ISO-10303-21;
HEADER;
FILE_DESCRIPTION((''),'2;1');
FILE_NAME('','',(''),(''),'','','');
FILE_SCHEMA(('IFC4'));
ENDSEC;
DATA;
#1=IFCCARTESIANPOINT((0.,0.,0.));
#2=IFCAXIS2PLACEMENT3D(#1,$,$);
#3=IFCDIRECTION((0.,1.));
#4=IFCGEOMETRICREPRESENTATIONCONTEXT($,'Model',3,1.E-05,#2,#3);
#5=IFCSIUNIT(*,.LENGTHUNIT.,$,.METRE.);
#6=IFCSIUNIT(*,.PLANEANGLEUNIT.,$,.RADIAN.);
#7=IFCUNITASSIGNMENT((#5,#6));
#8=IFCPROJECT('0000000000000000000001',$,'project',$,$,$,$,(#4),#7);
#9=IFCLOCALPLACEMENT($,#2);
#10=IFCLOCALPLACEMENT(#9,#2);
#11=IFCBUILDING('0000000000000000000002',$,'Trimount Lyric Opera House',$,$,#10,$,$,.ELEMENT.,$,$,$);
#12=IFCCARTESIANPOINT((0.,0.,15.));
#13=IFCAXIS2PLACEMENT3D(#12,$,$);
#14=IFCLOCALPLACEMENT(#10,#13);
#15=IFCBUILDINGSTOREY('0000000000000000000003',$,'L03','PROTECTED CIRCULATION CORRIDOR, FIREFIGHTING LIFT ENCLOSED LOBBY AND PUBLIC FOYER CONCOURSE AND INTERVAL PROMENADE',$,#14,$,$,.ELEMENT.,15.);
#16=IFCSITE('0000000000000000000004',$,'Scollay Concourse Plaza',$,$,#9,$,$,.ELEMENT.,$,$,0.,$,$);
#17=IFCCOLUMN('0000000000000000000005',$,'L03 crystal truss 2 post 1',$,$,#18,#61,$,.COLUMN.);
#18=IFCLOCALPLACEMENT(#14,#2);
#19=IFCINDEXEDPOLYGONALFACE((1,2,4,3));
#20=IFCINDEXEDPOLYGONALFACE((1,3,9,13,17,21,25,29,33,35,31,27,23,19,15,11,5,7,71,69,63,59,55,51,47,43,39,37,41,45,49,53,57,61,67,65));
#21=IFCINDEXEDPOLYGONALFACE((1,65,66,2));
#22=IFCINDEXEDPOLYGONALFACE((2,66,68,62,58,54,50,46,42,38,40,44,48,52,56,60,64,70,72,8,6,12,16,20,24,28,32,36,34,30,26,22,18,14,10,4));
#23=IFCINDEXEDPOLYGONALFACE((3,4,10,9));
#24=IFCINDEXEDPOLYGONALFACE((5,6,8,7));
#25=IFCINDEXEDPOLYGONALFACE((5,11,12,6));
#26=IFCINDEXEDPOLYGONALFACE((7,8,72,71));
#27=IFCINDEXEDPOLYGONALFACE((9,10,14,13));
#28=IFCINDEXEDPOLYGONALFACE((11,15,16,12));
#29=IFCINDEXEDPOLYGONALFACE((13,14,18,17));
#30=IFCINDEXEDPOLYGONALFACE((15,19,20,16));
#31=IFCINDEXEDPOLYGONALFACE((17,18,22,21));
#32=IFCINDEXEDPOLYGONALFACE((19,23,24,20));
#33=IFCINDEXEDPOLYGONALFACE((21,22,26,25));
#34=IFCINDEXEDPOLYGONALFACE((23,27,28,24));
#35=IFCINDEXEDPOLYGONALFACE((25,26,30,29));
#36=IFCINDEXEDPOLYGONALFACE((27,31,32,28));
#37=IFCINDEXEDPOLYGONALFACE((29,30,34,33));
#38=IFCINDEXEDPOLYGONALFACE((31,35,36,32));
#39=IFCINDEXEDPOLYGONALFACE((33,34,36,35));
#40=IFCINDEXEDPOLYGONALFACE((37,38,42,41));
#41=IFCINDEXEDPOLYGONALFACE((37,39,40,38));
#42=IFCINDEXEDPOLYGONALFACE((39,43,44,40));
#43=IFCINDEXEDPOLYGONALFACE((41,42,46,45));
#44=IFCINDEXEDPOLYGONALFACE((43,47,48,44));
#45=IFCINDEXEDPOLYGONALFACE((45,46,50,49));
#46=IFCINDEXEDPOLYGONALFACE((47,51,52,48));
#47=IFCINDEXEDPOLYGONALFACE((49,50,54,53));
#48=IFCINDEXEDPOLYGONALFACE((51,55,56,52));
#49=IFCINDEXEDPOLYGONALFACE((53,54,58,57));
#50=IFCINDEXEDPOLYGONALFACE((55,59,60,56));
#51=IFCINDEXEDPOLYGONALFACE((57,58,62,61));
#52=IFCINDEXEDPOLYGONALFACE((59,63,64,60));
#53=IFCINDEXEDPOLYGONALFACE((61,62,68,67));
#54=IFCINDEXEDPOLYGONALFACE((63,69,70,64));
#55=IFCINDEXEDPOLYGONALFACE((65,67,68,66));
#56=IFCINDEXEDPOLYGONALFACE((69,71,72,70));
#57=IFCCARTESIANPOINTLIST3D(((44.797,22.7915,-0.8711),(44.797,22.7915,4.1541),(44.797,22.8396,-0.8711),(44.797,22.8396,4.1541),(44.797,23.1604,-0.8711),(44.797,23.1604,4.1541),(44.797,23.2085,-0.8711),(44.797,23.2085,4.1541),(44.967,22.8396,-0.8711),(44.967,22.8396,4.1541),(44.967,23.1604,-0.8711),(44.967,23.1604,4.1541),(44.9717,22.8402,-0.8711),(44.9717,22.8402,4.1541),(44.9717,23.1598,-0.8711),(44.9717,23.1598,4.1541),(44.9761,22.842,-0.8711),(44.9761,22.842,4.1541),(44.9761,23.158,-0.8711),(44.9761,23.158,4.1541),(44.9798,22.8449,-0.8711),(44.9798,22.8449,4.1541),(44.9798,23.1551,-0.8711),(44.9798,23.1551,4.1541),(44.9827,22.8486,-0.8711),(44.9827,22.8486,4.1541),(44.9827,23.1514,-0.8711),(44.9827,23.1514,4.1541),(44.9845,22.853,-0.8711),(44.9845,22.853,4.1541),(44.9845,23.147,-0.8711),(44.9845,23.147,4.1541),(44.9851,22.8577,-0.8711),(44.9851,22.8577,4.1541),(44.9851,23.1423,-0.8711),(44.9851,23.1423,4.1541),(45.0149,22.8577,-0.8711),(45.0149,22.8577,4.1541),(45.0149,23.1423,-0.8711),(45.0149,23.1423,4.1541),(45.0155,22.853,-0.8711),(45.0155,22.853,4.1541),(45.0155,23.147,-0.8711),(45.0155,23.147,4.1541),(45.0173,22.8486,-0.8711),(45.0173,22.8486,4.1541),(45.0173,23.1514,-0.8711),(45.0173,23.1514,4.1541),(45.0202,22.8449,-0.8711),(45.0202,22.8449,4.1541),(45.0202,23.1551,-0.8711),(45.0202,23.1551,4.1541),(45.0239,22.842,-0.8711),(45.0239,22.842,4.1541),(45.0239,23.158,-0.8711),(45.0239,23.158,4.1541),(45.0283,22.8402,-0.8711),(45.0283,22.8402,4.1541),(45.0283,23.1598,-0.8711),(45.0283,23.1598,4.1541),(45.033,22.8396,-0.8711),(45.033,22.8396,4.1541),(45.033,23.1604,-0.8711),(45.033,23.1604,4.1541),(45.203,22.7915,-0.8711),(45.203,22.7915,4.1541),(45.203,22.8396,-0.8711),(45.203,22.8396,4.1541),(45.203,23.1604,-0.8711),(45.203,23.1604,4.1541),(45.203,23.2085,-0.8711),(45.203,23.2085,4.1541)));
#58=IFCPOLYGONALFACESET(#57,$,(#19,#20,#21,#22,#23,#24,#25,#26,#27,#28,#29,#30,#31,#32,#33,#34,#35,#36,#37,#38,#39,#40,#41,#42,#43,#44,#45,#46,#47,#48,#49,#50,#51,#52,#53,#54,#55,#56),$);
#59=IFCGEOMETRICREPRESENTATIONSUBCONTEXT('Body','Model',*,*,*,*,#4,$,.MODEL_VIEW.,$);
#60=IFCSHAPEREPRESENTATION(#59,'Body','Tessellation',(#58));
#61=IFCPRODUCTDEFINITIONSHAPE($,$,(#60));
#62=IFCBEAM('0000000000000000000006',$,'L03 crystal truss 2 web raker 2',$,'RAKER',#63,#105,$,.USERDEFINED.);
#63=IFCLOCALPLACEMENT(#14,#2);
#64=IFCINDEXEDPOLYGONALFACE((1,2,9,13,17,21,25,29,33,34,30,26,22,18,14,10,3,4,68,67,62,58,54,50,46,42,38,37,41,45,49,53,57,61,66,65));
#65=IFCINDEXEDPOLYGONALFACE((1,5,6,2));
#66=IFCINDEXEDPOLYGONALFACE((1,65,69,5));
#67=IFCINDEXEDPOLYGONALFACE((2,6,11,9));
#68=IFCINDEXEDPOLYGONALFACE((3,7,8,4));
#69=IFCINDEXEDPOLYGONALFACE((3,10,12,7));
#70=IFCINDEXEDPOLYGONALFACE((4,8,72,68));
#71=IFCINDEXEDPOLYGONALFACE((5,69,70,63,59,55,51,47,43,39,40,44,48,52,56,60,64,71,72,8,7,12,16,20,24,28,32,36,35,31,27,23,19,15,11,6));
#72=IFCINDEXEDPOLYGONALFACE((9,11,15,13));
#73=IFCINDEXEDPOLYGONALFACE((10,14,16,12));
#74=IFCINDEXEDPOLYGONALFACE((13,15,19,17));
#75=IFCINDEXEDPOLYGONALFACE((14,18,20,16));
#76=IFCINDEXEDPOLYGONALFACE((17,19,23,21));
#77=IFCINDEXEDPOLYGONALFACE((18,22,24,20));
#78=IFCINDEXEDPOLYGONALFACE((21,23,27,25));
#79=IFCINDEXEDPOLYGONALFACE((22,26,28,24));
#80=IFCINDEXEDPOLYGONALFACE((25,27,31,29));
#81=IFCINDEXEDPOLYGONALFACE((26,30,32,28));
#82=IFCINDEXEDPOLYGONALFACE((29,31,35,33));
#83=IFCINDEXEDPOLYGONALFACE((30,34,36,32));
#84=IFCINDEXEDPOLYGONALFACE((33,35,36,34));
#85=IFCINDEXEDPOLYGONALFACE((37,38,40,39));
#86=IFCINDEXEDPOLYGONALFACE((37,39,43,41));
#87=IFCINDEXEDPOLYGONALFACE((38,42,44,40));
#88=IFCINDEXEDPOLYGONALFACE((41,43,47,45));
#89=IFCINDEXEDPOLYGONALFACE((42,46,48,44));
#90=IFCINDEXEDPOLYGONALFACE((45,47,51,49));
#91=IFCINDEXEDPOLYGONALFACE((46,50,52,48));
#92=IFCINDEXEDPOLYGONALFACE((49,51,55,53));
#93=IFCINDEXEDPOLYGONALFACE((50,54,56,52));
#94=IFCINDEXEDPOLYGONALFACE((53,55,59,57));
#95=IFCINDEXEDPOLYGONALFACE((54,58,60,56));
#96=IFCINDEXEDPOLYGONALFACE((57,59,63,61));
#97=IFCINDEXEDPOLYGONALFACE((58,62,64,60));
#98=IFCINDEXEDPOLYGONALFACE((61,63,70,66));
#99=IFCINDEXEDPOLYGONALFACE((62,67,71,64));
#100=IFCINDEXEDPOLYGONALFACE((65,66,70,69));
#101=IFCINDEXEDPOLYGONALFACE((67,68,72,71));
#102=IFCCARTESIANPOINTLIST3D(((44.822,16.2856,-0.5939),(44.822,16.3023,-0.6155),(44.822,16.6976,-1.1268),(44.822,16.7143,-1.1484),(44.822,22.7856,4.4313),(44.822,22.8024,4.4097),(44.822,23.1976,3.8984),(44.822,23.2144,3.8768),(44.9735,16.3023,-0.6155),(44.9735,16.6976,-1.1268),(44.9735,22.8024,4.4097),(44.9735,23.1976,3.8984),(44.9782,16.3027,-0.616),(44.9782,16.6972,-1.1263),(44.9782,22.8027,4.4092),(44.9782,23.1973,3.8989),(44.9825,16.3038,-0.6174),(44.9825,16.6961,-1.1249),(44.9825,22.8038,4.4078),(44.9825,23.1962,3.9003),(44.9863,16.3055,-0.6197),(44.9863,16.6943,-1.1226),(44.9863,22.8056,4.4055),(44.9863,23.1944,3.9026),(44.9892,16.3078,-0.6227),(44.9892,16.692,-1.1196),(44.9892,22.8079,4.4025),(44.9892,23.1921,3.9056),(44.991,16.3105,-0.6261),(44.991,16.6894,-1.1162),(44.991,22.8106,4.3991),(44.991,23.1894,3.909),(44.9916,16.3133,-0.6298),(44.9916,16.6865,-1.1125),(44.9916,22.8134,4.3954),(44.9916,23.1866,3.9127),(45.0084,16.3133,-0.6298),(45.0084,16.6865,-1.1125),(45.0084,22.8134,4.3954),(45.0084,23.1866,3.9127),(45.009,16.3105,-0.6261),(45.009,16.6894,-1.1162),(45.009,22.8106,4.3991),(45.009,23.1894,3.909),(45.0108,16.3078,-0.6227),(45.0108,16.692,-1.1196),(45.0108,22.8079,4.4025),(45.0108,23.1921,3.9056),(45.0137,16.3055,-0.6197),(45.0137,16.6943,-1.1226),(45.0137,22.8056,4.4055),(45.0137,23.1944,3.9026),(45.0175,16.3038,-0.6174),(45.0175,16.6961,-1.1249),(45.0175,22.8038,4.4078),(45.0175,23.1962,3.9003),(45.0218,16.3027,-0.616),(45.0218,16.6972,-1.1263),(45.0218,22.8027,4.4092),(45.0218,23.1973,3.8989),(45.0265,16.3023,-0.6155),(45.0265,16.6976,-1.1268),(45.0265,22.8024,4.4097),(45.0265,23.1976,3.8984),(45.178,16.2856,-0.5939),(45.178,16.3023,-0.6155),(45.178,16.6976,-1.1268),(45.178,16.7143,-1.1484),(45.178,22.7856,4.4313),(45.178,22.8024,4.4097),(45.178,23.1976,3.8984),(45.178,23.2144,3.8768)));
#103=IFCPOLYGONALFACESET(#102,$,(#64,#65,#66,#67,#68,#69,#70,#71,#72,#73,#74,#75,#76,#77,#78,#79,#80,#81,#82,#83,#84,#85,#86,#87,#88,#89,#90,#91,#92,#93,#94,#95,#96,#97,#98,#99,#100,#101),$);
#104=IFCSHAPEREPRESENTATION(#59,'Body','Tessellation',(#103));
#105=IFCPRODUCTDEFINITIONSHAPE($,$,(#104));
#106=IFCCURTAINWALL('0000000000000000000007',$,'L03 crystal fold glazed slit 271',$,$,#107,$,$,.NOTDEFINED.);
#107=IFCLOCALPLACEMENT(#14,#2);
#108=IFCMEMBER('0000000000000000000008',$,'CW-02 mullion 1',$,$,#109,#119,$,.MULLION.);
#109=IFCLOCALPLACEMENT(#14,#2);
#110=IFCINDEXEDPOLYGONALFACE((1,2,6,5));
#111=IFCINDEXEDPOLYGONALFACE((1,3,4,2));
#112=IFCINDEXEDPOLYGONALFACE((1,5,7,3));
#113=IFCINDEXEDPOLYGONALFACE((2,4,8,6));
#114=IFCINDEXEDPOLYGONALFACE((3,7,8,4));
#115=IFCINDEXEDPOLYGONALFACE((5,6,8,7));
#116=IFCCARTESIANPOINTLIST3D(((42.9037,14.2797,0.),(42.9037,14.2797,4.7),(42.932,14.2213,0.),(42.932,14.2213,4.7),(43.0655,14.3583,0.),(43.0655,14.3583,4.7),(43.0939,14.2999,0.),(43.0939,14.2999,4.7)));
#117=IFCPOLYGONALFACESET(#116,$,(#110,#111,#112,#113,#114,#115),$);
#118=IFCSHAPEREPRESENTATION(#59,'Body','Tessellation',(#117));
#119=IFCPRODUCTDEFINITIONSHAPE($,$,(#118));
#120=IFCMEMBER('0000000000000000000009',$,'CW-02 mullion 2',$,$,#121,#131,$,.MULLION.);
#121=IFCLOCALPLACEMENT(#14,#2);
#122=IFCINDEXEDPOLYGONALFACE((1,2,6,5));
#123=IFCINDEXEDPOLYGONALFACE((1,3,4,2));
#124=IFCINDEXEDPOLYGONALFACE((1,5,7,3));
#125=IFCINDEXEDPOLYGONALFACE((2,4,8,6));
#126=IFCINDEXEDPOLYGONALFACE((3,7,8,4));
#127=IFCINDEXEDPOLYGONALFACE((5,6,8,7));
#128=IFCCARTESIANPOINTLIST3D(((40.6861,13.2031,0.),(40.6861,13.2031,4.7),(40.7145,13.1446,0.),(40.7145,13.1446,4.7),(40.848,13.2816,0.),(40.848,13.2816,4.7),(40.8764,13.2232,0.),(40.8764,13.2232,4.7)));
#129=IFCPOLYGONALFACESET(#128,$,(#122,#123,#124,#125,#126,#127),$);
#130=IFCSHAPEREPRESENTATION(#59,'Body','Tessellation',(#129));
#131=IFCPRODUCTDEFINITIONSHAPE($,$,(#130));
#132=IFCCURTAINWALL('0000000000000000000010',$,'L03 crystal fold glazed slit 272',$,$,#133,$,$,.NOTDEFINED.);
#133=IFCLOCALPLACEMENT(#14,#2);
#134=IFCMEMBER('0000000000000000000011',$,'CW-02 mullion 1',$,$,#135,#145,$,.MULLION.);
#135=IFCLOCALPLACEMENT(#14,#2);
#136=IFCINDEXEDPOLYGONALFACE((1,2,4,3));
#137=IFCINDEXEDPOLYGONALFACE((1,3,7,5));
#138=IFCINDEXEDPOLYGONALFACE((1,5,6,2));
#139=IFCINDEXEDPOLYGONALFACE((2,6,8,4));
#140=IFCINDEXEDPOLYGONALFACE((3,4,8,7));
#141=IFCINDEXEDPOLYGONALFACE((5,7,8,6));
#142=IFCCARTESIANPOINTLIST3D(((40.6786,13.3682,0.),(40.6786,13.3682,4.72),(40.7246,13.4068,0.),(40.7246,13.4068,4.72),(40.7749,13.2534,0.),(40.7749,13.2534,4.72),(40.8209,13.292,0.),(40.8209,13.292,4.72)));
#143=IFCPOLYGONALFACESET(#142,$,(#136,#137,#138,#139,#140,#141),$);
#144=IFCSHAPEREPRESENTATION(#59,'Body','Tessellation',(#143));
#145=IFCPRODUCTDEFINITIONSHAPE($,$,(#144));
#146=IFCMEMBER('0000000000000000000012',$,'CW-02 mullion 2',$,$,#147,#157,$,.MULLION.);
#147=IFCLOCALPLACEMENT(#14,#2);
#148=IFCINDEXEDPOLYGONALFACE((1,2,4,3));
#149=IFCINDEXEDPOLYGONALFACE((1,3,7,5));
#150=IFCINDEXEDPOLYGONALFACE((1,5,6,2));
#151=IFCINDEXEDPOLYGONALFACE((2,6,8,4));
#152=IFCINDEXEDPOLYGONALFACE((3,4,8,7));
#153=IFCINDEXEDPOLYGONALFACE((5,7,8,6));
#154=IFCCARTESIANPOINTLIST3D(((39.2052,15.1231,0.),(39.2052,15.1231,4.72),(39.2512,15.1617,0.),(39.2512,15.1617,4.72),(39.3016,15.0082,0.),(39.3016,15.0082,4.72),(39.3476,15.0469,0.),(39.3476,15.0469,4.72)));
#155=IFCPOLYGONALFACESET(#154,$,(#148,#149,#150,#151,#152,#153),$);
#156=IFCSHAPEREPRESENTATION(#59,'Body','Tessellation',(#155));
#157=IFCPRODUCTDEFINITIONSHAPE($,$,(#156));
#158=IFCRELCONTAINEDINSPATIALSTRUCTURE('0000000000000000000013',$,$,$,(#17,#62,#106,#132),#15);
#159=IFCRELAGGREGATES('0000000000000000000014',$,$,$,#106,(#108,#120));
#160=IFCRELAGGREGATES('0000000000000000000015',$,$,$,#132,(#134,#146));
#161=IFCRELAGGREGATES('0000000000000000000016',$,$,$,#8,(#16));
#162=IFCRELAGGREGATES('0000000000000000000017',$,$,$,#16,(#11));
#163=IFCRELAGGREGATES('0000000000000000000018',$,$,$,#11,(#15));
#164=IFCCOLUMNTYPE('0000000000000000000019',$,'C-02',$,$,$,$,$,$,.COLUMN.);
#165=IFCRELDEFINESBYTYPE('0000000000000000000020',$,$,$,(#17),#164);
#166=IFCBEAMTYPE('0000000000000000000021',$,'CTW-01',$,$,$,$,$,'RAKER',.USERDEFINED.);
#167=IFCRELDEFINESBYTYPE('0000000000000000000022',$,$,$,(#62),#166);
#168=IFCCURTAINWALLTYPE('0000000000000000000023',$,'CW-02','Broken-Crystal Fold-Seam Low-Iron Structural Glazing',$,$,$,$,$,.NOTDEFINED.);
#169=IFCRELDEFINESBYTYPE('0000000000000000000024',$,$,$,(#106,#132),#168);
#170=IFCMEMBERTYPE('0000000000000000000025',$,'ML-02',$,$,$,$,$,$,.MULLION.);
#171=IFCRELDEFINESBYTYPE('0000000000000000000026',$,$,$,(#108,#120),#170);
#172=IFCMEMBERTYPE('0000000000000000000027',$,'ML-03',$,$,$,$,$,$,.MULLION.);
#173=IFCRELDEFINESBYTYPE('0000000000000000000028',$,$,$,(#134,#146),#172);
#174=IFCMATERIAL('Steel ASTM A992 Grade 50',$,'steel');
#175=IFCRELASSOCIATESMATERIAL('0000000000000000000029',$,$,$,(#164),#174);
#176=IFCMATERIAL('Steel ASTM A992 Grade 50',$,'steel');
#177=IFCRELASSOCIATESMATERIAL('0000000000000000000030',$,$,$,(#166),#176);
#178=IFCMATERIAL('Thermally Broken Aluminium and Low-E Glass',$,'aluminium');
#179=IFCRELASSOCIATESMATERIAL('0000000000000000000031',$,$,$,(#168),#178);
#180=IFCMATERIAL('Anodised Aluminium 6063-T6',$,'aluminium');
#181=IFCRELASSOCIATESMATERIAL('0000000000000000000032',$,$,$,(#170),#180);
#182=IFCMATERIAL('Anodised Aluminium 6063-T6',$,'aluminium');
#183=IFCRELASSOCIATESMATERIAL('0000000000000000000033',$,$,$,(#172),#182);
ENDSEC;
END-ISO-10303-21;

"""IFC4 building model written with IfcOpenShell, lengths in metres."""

from ifc_helpers import new_model, si_unit, direction, frame, origin, origin_2d, place, context, subcontext, project, spatial, rectangle, i_section, extrude, material, material_profile, profile_set, type_object, element, aggregate, save


model = new_model("IFC4")

# Units and contexts
model_context = context("Model", 3, precision=1e-05, world=origin(), true_north=direction((0.0, 1.0)))
body_context = subcontext(model_context, "Body", "Model", "MODEL_VIEW")
ifc_project = project(units=[si_unit("LENGTHUNIT", "METRE"), si_unit("PLANEANGLEUNIT", "RADIAN")], contexts=[model_context])

# Site, building, storey
site_placement = place(None, origin())
site = spatial("IfcSite", under=ifc_project, at=site_placement, Name="Scollay Concourse Plaza", CompositionType="ELEMENT", RefElevation=0.0)
building_placement = place(site_placement, origin())
building = spatial("IfcBuilding", under=site, at=building_placement, Name="Trimount Lyric Opera House", CompositionType="ELEMENT")
storey_placement = place(building_placement, frame((0.0, 0.0, 15.0)))
storey = spatial("IfcBuildingStorey", under=building, at=storey_placement, Name="L03", Description="PROTECTED CIRCULATION CORRIDOR, FIREFIGHTING LIFT ENCLOSED LOBBY AND PUBLIC FOYER CONCOURSE AND INTERVAL PROMENADE", CompositionType="ELEMENT", Elevation=15.0)

# Column
ifc_material_1 = material(Name="Steel ASTM A992 Grade 50", Category="steel")
ifc_material_profile_1 = material_profile(ifc_material_1, i_section(OverallWidth=0.406, OverallDepth=0.417, WebThickness=0.0298, FlangeThickness=0.0481, FilletRadius=0.0181, at=origin_2d()), Name="W14X257")
ifc_profile_set_1 = profile_set([ifc_material_profile_1], Name="Steel ASTM A992 Grade 50")
column_type = type_object("IfcColumnType", Name="C-02", PredefinedType="COLUMN", material=ifc_profile_set_1)
column_placement = place(storey_placement, frame((45.0, 23.0, -0.8711), z_axis=(0.0, 0.0, 1.0), x_axis=(1.0, 0.0, 0.0)))
element("IfcColumn", 1, at=column_placement, inside=storey, type_object=column_type, Name="L03 crystal truss 2 post 1", PredefinedType="COLUMN", context=body_context, shape_type="SweptSolid", body=[
    extrude(i_section(OverallWidth=0.406, OverallDepth=0.417, WebThickness=0.0298, FlangeThickness=0.0481, FilletRadius=0.0181, at=origin_2d()), origin(), (0.0, 0.0, 1.0), 5.0251),
])

# Beam
ifc_material_2 = material(Name="Steel ASTM A992 Grade 50", Category="steel")
ifc_material_profile_2 = material_profile(ifc_material_2, i_section(OverallWidth=0.356, OverallDepth=0.7009, WebThickness=0.0168, FlangeThickness=0.0273, FilletRadius=0.0181, at=origin_2d()), Name="W27X161")
ifc_profile_set_2 = profile_set([ifc_material_profile_2], Name="Steel ASTM A992 Grade 50")
beam_type_1 = type_object("IfcBeamType", Name="CTW-01", ElementType="RAKER", PredefinedType="USERDEFINED", material=ifc_profile_set_2)
beam_1_placement = place(storey_placement, frame((45.0, 23.0, 4.1541), z_axis=(0.0, -0.791143, -0.611632), x_axis=(1.0, 0.0, 0.0)))
element("IfcBeam", 2, at=beam_1_placement, inside=storey, type_object=beam_type_1, Name="L03 crystal truss 2 web raker 2", ObjectType="RAKER", PredefinedType="USERDEFINED", context=body_context, shape_type="SweptSolid", body=[
    extrude(i_section(OverallWidth=0.356, OverallDepth=0.7009, WebThickness=0.0168, FlangeThickness=0.0273, FilletRadius=0.0181, at=origin_2d()), origin(), (0.0, 0.0, 1.0), 8.2161),
])

# Curtain walls, members
ifc_material_3 = material(Name="Thermally Broken Aluminium and Low-E Glass", Category="aluminium")
curtain_wall_type = type_object("IfcCurtainWallType", Name="CW-02", Description="Broken-Crystal Fold-Seam Low-Iron Structural Glazing", PredefinedType="NOTDEFINED", material=ifc_material_3)
curtain_wall_1_placement = place(storey_placement, origin())
curtain_wall_1 = element("IfcCurtainWall", 3, at=curtain_wall_1_placement, inside=storey, type_object=curtain_wall_type, Name="L03 crystal fold glazed slit 271", PredefinedType="NOTDEFINED")
ifc_material_4 = material(Name="Anodised Aluminium 6063-T6", Category="aluminium")
ifc_material_profile_3 = material_profile(ifc_material_4, rectangle(XDim=0.0649, YDim=0.1799, at=origin_2d()), Name="ALU-MULL-65X180")
ifc_profile_set_3 = profile_set([ifc_material_profile_3], Name="Anodised Aluminium 6063-T6")
member_type_1 = type_object("IfcMemberType", Name="ML-02", PredefinedType="MULLION", material=ifc_profile_set_3)
member_1_placement = place(storey_placement, frame((42.9988, 14.2898, 0.0), z_axis=(0.0, 0.0, 1.0), x_axis=(0.436749, -0.899584, 0.0)))
member_1 = element("IfcMember", 4, at=member_1_placement, type_object=member_type_1, Name="CW-02 mullion 1", PredefinedType="MULLION", context=body_context, shape_type="SweptSolid", body=[
    extrude(rectangle(XDim=0.0649, YDim=0.1799, at=origin_2d()), origin(), (0.0, 0.0, 1.0), 4.7),
])
member_2_placement = place(storey_placement, frame((40.7812, 13.2131, 0.0), z_axis=(0.0, 0.0, 1.0), x_axis=(0.436749, -0.899584, 0.0)))
member_2 = element("IfcMember", 5, at=member_2_placement, type_object=member_type_1, Name="CW-02 mullion 2", PredefinedType="MULLION", context=body_context, shape_type="SweptSolid", body=[
    extrude(rectangle(XDim=0.0649, YDim=0.1799, at=origin_2d()), origin(), (0.0, 0.0, 1.0), 4.7),
])
curtain_wall_2_placement = place(storey_placement, origin())
curtain_wall_2 = element("IfcCurtainWall", 6, at=curtain_wall_2_placement, inside=storey, type_object=curtain_wall_type, Name="L03 crystal fold glazed slit 272", PredefinedType="NOTDEFINED")
ifc_material_5 = material(Name="Anodised Aluminium 6063-T6", Category="aluminium")
ifc_material_profile_4 = material_profile(ifc_material_5, rectangle(XDim=0.0601, YDim=0.1499, at=origin_2d()), Name="ALU-MULL-60X150")
ifc_profile_set_4 = profile_set([ifc_material_profile_4], Name="Anodised Aluminium 6063-T6")
member_type_2 = type_object("IfcMemberType", Name="ML-03", PredefinedType="MULLION", material=ifc_profile_set_4)
member_3_placement = place(storey_placement, frame((40.7498, 13.3301, 0.0), z_axis=(0.0, 0.0, 1.0), x_axis=(-0.765881, -0.642983, 0.0)))
member_3 = element("IfcMember", 7, at=member_3_placement, type_object=member_type_2, Name="CW-02 mullion 1", PredefinedType="MULLION", context=body_context, shape_type="SweptSolid", body=[
    extrude(rectangle(XDim=0.0601, YDim=0.1499, at=origin_2d()), origin(), (0.0, 0.0, 1.0), 4.72),
])
member_4_placement = place(storey_placement, frame((39.2764, 15.085, 0.0), z_axis=(0.0, 0.0, 1.0), x_axis=(-0.765881, -0.642983, 0.0)))
member_4 = element("IfcMember", 8, at=member_4_placement, type_object=member_type_2, Name="CW-02 mullion 2", PredefinedType="MULLION", context=body_context, shape_type="SweptSolid", body=[
    extrude(rectangle(XDim=0.0601, YDim=0.1499, at=origin_2d()), origin(), (0.0, 0.0, 1.0), 4.72),
])

aggregate(curtain_wall_1, [member_1, member_2])
aggregate(curtain_wall_2, [member_3, member_4])

save(model, "model.ifc")
